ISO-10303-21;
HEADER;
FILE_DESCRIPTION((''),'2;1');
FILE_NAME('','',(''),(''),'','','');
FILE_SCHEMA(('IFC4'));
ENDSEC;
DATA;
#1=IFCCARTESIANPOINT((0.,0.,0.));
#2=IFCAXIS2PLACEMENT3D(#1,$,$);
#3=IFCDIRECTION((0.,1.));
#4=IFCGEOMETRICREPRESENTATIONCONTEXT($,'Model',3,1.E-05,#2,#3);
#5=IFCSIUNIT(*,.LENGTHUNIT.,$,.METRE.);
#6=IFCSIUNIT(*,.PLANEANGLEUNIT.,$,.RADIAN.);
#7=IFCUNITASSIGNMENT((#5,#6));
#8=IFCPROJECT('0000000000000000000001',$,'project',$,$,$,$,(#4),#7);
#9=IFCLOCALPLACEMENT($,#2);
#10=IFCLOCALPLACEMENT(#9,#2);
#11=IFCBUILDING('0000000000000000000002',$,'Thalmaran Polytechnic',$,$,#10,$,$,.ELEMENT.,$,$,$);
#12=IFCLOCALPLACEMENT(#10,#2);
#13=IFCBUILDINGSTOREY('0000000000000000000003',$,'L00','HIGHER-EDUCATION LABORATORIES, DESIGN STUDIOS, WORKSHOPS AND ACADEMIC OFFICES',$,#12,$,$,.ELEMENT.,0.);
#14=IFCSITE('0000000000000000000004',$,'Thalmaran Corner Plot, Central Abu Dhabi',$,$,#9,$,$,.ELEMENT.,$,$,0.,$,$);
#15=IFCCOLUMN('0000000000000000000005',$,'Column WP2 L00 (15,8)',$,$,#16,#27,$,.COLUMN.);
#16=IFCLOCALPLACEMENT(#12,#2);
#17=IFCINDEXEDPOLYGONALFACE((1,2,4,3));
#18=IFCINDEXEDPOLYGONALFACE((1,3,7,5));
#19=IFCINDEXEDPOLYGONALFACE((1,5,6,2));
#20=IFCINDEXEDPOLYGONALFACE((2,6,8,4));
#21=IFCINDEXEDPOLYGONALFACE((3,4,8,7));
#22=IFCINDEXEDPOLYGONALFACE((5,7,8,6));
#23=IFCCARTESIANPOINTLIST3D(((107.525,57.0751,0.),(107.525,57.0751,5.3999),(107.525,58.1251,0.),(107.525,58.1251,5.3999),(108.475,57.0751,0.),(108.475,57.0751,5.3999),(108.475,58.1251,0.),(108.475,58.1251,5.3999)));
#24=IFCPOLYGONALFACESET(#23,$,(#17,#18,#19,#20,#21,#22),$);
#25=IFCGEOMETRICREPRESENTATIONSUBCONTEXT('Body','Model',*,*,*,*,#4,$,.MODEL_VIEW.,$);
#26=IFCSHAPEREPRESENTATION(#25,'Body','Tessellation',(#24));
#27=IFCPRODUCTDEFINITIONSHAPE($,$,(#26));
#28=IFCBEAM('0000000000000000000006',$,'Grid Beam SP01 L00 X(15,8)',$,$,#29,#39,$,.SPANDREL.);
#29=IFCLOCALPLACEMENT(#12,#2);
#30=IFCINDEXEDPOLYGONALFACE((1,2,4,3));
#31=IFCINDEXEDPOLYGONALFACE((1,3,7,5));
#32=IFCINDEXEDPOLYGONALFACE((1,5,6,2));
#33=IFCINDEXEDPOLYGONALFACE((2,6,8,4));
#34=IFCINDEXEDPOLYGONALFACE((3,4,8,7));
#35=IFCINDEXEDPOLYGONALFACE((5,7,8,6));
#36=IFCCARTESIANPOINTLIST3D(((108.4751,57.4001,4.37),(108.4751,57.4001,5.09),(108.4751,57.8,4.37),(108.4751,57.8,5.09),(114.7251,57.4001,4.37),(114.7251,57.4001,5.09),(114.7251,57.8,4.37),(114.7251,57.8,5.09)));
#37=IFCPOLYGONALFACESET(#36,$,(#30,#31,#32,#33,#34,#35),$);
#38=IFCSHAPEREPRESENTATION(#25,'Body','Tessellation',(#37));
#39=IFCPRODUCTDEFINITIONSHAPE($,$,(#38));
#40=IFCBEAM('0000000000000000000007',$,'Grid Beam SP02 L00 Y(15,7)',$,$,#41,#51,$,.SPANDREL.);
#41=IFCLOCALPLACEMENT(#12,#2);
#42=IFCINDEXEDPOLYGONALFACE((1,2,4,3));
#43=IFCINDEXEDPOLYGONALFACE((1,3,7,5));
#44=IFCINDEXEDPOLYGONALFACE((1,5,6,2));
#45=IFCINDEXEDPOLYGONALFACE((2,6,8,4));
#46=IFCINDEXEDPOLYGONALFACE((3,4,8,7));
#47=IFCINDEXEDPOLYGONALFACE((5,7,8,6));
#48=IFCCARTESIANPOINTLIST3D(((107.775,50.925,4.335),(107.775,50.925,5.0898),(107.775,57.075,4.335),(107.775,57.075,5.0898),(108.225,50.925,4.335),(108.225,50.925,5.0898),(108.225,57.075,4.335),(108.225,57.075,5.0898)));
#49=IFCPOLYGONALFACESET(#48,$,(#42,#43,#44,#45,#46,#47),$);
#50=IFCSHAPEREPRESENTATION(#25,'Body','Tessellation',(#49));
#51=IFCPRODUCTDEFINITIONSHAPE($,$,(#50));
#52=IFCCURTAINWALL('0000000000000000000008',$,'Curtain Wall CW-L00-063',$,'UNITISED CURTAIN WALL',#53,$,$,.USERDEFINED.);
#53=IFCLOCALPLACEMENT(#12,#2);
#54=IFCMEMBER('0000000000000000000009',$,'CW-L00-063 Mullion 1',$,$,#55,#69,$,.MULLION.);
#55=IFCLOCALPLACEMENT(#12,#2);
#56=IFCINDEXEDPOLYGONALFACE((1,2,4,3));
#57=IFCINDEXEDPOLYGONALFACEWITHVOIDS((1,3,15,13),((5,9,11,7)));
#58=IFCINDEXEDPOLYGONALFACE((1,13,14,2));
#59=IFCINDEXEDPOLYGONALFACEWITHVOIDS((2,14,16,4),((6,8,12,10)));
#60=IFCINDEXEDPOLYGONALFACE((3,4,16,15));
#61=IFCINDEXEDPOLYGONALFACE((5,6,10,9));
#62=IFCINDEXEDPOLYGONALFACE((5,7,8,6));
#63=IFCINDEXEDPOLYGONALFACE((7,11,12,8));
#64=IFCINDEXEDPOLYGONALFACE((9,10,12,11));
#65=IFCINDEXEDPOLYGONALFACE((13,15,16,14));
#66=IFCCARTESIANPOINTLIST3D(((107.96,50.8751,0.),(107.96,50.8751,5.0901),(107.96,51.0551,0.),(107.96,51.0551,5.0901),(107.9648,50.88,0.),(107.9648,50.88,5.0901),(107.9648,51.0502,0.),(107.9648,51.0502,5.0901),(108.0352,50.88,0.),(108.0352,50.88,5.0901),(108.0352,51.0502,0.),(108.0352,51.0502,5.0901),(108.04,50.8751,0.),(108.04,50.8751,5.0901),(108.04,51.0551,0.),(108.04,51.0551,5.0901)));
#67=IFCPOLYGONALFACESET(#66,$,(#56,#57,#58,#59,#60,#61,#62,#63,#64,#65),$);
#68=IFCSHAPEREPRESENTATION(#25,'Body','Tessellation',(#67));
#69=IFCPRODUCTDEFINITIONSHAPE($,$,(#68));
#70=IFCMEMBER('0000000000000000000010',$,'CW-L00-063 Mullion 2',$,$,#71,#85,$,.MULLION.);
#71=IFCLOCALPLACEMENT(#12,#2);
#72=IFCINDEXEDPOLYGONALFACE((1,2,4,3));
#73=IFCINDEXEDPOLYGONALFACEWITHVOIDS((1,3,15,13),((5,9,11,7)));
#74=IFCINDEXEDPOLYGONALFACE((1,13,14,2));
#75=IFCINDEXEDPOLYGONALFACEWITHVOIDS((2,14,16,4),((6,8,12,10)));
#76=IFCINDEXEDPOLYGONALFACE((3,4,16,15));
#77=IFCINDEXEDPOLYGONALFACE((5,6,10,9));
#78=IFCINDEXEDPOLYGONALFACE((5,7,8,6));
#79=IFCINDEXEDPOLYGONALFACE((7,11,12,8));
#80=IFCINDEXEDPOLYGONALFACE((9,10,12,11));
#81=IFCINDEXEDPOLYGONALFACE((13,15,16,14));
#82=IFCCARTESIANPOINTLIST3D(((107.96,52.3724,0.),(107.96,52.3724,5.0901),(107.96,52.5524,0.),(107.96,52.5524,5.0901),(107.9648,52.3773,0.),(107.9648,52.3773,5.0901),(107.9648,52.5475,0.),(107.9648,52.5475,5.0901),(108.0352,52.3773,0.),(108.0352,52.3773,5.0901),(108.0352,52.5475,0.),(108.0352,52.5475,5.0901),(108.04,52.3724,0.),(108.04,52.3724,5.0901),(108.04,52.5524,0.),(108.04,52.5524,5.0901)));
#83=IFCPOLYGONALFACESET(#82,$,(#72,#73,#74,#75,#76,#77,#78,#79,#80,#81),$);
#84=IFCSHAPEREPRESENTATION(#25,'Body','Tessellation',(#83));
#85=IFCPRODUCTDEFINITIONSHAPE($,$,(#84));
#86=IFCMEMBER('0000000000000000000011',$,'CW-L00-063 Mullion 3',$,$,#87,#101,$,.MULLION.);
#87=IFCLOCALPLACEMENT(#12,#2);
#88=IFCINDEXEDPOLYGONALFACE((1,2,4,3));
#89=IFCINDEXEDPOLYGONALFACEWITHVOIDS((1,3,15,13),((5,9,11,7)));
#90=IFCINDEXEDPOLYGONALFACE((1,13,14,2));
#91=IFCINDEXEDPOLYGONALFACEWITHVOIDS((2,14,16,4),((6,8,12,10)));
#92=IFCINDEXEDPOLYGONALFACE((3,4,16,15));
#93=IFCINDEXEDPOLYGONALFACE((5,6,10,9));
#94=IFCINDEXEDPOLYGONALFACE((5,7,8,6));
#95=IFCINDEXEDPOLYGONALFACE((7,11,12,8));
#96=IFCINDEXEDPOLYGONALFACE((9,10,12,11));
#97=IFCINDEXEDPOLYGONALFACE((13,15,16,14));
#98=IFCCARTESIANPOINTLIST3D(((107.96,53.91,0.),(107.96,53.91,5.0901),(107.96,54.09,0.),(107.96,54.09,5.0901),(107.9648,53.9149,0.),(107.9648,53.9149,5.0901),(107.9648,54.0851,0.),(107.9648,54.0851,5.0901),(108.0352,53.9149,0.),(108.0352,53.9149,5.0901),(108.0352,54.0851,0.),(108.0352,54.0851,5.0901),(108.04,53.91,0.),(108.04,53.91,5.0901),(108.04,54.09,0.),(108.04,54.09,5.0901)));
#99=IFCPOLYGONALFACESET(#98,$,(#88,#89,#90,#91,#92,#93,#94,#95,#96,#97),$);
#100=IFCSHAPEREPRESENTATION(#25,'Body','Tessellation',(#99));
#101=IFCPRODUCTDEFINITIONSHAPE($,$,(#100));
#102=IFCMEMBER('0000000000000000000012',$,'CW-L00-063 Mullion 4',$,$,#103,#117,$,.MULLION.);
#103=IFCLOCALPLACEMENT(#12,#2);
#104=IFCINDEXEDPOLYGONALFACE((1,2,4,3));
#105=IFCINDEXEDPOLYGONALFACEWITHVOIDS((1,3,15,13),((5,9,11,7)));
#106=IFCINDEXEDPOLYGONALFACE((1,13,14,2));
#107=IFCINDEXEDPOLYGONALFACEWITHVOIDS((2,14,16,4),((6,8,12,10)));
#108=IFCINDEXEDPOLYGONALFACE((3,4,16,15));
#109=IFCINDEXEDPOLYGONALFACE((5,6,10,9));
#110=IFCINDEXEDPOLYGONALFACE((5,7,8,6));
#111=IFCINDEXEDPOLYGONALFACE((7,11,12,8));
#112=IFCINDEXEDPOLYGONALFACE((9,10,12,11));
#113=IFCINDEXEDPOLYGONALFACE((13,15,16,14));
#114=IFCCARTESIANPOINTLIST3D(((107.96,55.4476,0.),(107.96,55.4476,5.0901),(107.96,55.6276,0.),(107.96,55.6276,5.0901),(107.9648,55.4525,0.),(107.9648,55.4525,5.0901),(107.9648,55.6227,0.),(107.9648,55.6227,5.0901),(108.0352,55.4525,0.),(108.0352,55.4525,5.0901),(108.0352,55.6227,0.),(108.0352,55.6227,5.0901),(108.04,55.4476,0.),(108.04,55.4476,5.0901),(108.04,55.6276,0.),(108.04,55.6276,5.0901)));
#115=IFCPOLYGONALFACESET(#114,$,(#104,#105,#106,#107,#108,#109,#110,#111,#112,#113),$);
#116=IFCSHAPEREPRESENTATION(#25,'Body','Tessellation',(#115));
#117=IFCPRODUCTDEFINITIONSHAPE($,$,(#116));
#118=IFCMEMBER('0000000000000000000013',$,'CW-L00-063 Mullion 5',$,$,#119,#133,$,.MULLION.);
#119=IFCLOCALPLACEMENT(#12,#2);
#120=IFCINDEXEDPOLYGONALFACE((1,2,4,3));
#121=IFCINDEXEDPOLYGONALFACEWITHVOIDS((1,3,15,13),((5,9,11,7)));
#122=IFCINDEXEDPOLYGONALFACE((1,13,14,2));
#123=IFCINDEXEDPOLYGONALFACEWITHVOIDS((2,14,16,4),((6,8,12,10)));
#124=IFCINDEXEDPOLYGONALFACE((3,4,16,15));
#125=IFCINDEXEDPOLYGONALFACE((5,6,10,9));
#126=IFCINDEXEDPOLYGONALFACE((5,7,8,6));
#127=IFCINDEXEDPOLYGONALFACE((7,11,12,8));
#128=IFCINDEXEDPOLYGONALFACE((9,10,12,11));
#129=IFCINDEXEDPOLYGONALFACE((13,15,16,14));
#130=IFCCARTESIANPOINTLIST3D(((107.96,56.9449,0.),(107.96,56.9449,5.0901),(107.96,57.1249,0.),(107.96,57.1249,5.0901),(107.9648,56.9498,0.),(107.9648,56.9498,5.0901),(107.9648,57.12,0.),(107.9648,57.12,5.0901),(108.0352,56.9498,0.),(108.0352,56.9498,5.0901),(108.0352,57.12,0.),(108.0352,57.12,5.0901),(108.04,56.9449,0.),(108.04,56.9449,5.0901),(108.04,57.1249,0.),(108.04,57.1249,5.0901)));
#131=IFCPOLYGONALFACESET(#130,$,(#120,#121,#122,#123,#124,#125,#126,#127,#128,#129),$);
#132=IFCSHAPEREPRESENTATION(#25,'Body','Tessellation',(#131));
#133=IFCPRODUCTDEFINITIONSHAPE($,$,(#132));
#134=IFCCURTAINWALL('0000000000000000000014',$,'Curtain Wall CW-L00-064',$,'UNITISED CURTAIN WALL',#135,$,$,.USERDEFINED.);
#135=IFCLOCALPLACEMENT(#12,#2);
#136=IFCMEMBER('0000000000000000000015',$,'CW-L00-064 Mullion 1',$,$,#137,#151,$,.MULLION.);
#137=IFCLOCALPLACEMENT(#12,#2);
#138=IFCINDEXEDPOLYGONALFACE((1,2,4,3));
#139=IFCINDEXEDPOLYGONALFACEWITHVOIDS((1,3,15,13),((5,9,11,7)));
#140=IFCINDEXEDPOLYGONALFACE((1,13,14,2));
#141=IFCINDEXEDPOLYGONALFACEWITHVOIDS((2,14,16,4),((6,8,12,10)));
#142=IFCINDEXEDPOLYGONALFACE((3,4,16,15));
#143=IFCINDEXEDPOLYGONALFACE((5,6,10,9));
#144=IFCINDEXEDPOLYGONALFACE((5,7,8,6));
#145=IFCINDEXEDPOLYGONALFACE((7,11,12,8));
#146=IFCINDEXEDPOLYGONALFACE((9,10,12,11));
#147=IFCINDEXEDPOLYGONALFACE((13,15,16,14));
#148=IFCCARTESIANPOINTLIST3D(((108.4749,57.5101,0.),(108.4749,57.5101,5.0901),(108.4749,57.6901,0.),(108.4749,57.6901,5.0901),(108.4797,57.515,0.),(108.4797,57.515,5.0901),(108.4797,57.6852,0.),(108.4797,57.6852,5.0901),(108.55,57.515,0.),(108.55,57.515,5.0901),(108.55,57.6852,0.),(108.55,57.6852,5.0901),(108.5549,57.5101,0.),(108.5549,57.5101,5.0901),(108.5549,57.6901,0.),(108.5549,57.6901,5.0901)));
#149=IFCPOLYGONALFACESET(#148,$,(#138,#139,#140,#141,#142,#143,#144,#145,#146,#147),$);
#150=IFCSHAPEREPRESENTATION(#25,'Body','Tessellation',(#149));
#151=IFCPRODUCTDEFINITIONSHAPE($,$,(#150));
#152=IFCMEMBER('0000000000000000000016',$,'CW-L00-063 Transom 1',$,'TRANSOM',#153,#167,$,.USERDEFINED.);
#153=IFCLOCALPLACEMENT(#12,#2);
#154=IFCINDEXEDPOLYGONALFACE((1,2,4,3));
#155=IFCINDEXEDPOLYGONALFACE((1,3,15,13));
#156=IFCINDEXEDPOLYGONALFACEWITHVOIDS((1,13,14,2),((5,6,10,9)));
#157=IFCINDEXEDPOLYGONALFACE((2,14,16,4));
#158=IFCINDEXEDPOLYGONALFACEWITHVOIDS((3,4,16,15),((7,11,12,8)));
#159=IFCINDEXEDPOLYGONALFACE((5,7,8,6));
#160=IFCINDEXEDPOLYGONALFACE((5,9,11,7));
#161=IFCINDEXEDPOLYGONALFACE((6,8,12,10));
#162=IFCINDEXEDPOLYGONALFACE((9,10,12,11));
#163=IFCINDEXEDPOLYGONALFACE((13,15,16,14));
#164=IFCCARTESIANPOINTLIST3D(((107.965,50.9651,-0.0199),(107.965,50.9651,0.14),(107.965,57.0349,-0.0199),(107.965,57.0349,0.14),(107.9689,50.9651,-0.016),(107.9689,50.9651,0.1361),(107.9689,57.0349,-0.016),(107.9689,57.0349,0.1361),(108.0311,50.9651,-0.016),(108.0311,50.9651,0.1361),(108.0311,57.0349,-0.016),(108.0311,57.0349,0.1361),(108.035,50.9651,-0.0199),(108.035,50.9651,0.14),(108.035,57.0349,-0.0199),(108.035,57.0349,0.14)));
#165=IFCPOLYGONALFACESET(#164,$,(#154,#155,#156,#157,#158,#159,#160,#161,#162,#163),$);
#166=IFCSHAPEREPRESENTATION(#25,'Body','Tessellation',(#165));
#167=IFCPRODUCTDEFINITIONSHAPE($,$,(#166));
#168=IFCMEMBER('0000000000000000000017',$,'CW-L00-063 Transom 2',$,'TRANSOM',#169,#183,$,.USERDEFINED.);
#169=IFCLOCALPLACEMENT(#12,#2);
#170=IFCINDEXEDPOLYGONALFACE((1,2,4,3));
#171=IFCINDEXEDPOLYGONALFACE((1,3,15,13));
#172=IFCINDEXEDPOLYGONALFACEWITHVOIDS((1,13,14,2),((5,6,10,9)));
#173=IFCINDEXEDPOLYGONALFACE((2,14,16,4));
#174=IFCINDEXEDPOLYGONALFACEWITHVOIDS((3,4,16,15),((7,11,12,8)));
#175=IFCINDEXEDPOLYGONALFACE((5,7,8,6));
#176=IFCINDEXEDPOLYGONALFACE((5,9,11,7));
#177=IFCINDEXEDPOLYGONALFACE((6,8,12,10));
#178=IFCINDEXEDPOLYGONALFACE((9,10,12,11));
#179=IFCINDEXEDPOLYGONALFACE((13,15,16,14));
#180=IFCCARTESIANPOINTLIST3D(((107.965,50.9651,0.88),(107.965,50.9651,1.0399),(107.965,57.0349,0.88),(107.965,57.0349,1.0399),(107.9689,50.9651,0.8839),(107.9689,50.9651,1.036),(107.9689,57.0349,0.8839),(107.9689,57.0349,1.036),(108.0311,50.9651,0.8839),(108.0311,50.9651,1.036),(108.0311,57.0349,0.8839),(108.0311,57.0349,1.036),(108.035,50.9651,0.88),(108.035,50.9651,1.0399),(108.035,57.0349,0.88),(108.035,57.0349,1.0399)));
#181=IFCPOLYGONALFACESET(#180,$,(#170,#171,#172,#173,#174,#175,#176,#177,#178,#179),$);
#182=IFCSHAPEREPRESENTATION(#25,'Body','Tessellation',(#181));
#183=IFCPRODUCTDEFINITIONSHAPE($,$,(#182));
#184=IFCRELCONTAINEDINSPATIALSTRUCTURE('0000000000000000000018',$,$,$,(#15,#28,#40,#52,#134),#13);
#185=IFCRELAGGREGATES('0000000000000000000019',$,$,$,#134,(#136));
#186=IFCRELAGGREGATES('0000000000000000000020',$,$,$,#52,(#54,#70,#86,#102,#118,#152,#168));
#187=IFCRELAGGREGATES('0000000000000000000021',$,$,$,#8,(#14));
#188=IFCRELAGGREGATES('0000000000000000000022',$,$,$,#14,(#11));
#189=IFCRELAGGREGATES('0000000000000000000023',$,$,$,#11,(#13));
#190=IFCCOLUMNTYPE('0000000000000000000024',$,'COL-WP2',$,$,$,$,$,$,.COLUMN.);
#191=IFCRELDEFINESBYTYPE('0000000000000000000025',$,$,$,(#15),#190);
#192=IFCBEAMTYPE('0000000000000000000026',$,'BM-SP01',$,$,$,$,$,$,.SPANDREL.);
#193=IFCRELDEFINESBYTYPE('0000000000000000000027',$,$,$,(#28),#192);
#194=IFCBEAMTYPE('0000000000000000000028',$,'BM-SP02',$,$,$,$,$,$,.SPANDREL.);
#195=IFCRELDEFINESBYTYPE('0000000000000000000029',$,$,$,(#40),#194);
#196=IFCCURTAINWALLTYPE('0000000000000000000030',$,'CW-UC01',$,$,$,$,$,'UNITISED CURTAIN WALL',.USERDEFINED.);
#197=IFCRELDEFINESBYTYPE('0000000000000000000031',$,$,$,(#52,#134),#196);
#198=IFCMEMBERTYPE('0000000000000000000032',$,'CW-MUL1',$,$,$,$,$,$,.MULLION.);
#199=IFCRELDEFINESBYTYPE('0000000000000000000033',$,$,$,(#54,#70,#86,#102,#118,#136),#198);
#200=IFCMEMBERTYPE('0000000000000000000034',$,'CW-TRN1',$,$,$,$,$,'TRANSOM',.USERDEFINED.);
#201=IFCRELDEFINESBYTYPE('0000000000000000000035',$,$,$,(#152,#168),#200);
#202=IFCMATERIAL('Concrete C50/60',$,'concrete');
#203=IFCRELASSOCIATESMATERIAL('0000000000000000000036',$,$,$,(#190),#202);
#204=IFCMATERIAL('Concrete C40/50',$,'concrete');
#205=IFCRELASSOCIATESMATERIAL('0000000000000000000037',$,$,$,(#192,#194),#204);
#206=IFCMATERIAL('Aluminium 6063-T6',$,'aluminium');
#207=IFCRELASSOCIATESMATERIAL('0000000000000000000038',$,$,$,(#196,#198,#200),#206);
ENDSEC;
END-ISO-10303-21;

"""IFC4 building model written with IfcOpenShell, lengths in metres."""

from ifc_helpers import new_model, si_unit, direction, frame, origin, origin_2d, place, context, subcontext, project, spatial, rectangle, hollow_rectangle, extrude, material, material_profile, profile_set, type_object, element, aggregate, save


model = new_model("IFC4")

# Units and contexts
model_context = context("Model", 3, precision=1e-05, world=origin(), true_north=direction((0.0, 1.0)))
body_context = subcontext(model_context, "Body", "Model", "MODEL_VIEW")
ifc_project = project(units=[si_unit("LENGTHUNIT", "METRE"), si_unit("PLANEANGLEUNIT", "RADIAN")], contexts=[model_context])

# Site, building, storey
site_placement = place(None, origin())
site = spatial("IfcSite", under=ifc_project, at=site_placement, Name="Thalmaran Corner Plot, Central Abu Dhabi", CompositionType="ELEMENT", RefElevation=0.0)
building_placement = place(site_placement, origin())
building = spatial("IfcBuilding", under=site, at=building_placement, Name="Thalmaran Polytechnic", CompositionType="ELEMENT")
storey_placement = place(building_placement, origin())
storey = spatial("IfcBuildingStorey", under=building, at=storey_placement, Name="L00", Description="HIGHER-EDUCATION LABORATORIES, DESIGN STUDIOS, WORKSHOPS AND ACADEMIC OFFICES", CompositionType="ELEMENT", Elevation=0.0)

# Column
ifc_material_1 = material(Name="Concrete C50/60", Category="concrete")
ifc_material_profile_1 = material_profile(ifc_material_1, rectangle(XDim=0.95, YDim=1.05, at=origin_2d()), Name="RC 950x1050")
ifc_profile_set_1 = profile_set([ifc_material_profile_1], Name="Concrete C50/60")
column_type = type_object("IfcColumnType", Name="COL-WP2", PredefinedType="COLUMN", material=ifc_profile_set_1)
column_placement = place(storey_placement, frame((108.0, 57.6001, 0.0), z_axis=(0.0, 0.0, 1.0), x_axis=(1.0, 0.0, 0.0)))
element("IfcColumn", 1, at=column_placement, inside=storey, type_object=column_type, Name="Column WP2 L00 (15,8)", PredefinedType="COLUMN", context=body_context, shape_type="SweptSolid", body=[
    extrude(rectangle(XDim=0.95, YDim=1.05, at=origin_2d()), origin(), (0.0, 0.0, 1.0), 5.3999),
])

# Beams
ifc_material_2 = material(Name="Concrete C40/50", Category="concrete")
ifc_material_profile_2 = material_profile(ifc_material_2, rectangle(XDim=0.3999, YDim=0.72, at=origin_2d()), Name="RC 400x720")
ifc_profile_set_2 = profile_set([ifc_material_profile_2], Name="Concrete C40/50")
beam_type_1 = type_object("IfcBeamType", Name="BM-SP01", PredefinedType="SPANDREL", material=ifc_profile_set_2)
beam_1_placement = place(storey_placement, frame((108.4751, 57.6001, 4.73), z_axis=(1.0, 0.0, 0.0), x_axis=(0.0, 1.0, 0.0)))
element("IfcBeam", 2, at=beam_1_placement, inside=storey, type_object=beam_type_1, Name="Grid Beam SP01 L00 X(15,8)", PredefinedType="SPANDREL", context=body_context, shape_type="SweptSolid", body=[
    extrude(rectangle(XDim=0.3999, YDim=0.72, at=origin_2d()), origin(), (0.0, 0.0, 1.0), 6.25),
])
ifc_material_profile_3 = material_profile(ifc_material_2, rectangle(XDim=0.45, YDim=0.7549, at=origin_2d()), Name="RC 450x755")
ifc_profile_set_3 = profile_set([ifc_material_profile_3], Name="Concrete C40/50")
beam_type_2 = type_object("IfcBeamType", Name="BM-SP02", PredefinedType="SPANDREL", material=ifc_profile_set_3)
beam_2_placement = place(storey_placement, frame((108.0, 50.925, 4.7124), z_axis=(0.0, 1.0, 0.0), x_axis=(-1.0, 0.0, 0.0)))
element("IfcBeam", 3, at=beam_2_placement, inside=storey, type_object=beam_type_2, Name="Grid Beam SP02 L00 Y(15,7)", PredefinedType="SPANDREL", context=body_context, shape_type="SweptSolid", body=[
    extrude(rectangle(XDim=0.45, YDim=0.7549, at=origin_2d()), origin(), (0.0, 0.0, 1.0), 6.1499),
])

# Curtain wall, members
ifc_material_3 = material(Name="Aluminium 6063-T6", Category="aluminium")
curtain_wall_type = type_object("IfcCurtainWallType", Name="CW-UC01", ElementType="UNITISED CURTAIN WALL", PredefinedType="USERDEFINED", material=ifc_material_3)
curtain_wall_1_placement = place(storey_placement, origin())
curtain_wall_1 = element("IfcCurtainWall", 4, at=curtain_wall_1_placement, inside=storey, type_object=curtain_wall_type, Name="Curtain Wall CW-L00-063", ObjectType="UNITISED CURTAIN WALL", PredefinedType="USERDEFINED")
ifc_material_profile_4 = material_profile(ifc_material_3, hollow_rectangle(XDim=0.0801, YDim=0.1799, WallThickness=0.0049, at=origin_2d()), Name="RHS 180x80x5.0")
ifc_profile_set_4 = profile_set([ifc_material_profile_4], Name="Aluminium 6063-T6")
member_type_1 = type_object("IfcMemberType", Name="CW-MUL1", PredefinedType="MULLION", material=ifc_profile_set_4)
member_1_placement = place(storey_placement, frame((108.0, 50.9651, 0.0), z_axis=(0.0, 0.0, 1.0), x_axis=(1.0, 0.0, 0.0)))
member_1 = element("IfcMember", 5, at=member_1_placement, type_object=member_type_1, Name="CW-L00-063 Mullion 1", PredefinedType="MULLION", context=body_context, shape_type="SweptSolid", body=[
    extrude(hollow_rectangle(XDim=0.0801, YDim=0.1799, WallThickness=0.0049, at=origin_2d()), origin(), (0.0, 0.0, 1.0), 5.0901),
])
member_2_placement = place(storey_placement, frame((108.0, 52.4624, 0.0), z_axis=(0.0, 0.0, 1.0), x_axis=(1.0, 0.0, 0.0)))
member_2 = element("IfcMember", 6, at=member_2_placement, type_object=member_type_1, Name="CW-L00-063 Mullion 2", PredefinedType="MULLION", context=body_context, shape_type="SweptSolid", body=[
    extrude(hollow_rectangle(XDim=0.0801, YDim=0.1799, WallThickness=0.0049, at=origin_2d()), origin(), (0.0, 0.0, 1.0), 5.0901),
])
member_3_placement = place(storey_placement, frame((108.0, 54.0, 0.0), z_axis=(0.0, 0.0, 1.0), x_axis=(1.0, 0.0, 0.0)))
member_3 = element("IfcMember", 7, at=member_3_placement, type_object=member_type_1, Name="CW-L00-063 Mullion 3", PredefinedType="MULLION", context=body_context, shape_type="SweptSolid", body=[
    extrude(hollow_rectangle(XDim=0.0801, YDim=0.1799, WallThickness=0.0049, at=origin_2d()), origin(), (0.0, 0.0, 1.0), 5.0901),
])
member_4_placement = place(storey_placement, frame((108.0, 55.5376, 0.0), z_axis=(0.0, 0.0, 1.0), x_axis=(1.0, 0.0, 0.0)))
member_4 = element("IfcMember", 8, at=member_4_placement, type_object=member_type_1, Name="CW-L00-063 Mullion 4", PredefinedType="MULLION", context=body_context, shape_type="SweptSolid", body=[
    extrude(hollow_rectangle(XDim=0.0801, YDim=0.1799, WallThickness=0.0049, at=origin_2d()), origin(), (0.0, 0.0, 1.0), 5.0901),
])
member_5_placement = place(storey_placement, frame((108.0, 57.0349, 0.0), z_axis=(0.0, 0.0, 1.0), x_axis=(1.0, 0.0, 0.0)))
member_5 = element("IfcMember", 9, at=member_5_placement, type_object=member_type_1, Name="CW-L00-063 Mullion 5", PredefinedType="MULLION", context=body_context, shape_type="SweptSolid", body=[
    extrude(hollow_rectangle(XDim=0.0801, YDim=0.1799, WallThickness=0.0049, at=origin_2d()), origin(), (0.0, 0.0, 1.0), 5.0901),
])

# Curtain wall, member
curtain_wall_2_placement = place(storey_placement, origin())
curtain_wall_2 = element("IfcCurtainWall", 10, at=curtain_wall_2_placement, inside=storey, type_object=curtain_wall_type, Name="Curtain Wall CW-L00-064", ObjectType="UNITISED CURTAIN WALL", PredefinedType="USERDEFINED")
member_6_placement = place(storey_placement, frame((108.5149, 57.6001, 0.0), z_axis=(0.0, 0.0, 1.0), x_axis=(1.0, 0.0, 0.0)))
member_6 = element("IfcMember", 11, at=member_6_placement, type_object=member_type_1, Name="CW-L00-064 Mullion 1", PredefinedType="MULLION", context=body_context, shape_type="SweptSolid", body=[
    extrude(hollow_rectangle(XDim=0.0801, YDim=0.1799, WallThickness=0.0049, at=origin_2d()), origin(), (0.0, 0.0, 1.0), 5.0901),
])

# Members
ifc_material_profile_5 = material_profile(ifc_material_3, hollow_rectangle(XDim=0.0701, YDim=0.1599, WallThickness=0.0039, at=origin_2d()), Name="AL 160x70x4.0")
ifc_profile_set_5 = profile_set([ifc_material_profile_5], Name="Aluminium 6063-T6")
member_type_2 = type_object("IfcMemberType", Name="CW-TRN1", ElementType="TRANSOM", PredefinedType="USERDEFINED", material=ifc_profile_set_5)
member_7_placement = place(storey_placement, frame((108.0, 50.9651, 0.0601), z_axis=(0.0, 1.0, 0.0), x_axis=(-1.0, 0.0, 0.0)))
member_7 = element("IfcMember", 12, at=member_7_placement, type_object=member_type_2, Name="CW-L00-063 Transom 1", ObjectType="TRANSOM", PredefinedType="USERDEFINED", context=body_context, shape_type="SweptSolid", body=[
    extrude(hollow_rectangle(XDim=0.0701, YDim=0.1599, WallThickness=0.0039, at=origin_2d()), origin(), (0.0, 0.0, 1.0), 6.0698),
])
member_8_placement = place(storey_placement, frame((108.0, 50.9651, 0.96), z_axis=(0.0, 1.0, 0.0), x_axis=(-1.0, 0.0, 0.0)))
member_8 = element("IfcMember", 13, at=member_8_placement, type_object=member_type_2, Name="CW-L00-063 Transom 2", ObjectType="TRANSOM", PredefinedType="USERDEFINED", context=body_context, shape_type="SweptSolid", body=[
    extrude(hollow_rectangle(XDim=0.0701, YDim=0.1599, WallThickness=0.0039, at=origin_2d()), origin(), (0.0, 0.0, 1.0), 6.0698),
])
aggregate(curtain_wall_2, [member_6])

aggregate(curtain_wall_1, [member_1, member_2, member_3, member_4, member_5, member_7, member_8])

save(model, "model.ifc")
